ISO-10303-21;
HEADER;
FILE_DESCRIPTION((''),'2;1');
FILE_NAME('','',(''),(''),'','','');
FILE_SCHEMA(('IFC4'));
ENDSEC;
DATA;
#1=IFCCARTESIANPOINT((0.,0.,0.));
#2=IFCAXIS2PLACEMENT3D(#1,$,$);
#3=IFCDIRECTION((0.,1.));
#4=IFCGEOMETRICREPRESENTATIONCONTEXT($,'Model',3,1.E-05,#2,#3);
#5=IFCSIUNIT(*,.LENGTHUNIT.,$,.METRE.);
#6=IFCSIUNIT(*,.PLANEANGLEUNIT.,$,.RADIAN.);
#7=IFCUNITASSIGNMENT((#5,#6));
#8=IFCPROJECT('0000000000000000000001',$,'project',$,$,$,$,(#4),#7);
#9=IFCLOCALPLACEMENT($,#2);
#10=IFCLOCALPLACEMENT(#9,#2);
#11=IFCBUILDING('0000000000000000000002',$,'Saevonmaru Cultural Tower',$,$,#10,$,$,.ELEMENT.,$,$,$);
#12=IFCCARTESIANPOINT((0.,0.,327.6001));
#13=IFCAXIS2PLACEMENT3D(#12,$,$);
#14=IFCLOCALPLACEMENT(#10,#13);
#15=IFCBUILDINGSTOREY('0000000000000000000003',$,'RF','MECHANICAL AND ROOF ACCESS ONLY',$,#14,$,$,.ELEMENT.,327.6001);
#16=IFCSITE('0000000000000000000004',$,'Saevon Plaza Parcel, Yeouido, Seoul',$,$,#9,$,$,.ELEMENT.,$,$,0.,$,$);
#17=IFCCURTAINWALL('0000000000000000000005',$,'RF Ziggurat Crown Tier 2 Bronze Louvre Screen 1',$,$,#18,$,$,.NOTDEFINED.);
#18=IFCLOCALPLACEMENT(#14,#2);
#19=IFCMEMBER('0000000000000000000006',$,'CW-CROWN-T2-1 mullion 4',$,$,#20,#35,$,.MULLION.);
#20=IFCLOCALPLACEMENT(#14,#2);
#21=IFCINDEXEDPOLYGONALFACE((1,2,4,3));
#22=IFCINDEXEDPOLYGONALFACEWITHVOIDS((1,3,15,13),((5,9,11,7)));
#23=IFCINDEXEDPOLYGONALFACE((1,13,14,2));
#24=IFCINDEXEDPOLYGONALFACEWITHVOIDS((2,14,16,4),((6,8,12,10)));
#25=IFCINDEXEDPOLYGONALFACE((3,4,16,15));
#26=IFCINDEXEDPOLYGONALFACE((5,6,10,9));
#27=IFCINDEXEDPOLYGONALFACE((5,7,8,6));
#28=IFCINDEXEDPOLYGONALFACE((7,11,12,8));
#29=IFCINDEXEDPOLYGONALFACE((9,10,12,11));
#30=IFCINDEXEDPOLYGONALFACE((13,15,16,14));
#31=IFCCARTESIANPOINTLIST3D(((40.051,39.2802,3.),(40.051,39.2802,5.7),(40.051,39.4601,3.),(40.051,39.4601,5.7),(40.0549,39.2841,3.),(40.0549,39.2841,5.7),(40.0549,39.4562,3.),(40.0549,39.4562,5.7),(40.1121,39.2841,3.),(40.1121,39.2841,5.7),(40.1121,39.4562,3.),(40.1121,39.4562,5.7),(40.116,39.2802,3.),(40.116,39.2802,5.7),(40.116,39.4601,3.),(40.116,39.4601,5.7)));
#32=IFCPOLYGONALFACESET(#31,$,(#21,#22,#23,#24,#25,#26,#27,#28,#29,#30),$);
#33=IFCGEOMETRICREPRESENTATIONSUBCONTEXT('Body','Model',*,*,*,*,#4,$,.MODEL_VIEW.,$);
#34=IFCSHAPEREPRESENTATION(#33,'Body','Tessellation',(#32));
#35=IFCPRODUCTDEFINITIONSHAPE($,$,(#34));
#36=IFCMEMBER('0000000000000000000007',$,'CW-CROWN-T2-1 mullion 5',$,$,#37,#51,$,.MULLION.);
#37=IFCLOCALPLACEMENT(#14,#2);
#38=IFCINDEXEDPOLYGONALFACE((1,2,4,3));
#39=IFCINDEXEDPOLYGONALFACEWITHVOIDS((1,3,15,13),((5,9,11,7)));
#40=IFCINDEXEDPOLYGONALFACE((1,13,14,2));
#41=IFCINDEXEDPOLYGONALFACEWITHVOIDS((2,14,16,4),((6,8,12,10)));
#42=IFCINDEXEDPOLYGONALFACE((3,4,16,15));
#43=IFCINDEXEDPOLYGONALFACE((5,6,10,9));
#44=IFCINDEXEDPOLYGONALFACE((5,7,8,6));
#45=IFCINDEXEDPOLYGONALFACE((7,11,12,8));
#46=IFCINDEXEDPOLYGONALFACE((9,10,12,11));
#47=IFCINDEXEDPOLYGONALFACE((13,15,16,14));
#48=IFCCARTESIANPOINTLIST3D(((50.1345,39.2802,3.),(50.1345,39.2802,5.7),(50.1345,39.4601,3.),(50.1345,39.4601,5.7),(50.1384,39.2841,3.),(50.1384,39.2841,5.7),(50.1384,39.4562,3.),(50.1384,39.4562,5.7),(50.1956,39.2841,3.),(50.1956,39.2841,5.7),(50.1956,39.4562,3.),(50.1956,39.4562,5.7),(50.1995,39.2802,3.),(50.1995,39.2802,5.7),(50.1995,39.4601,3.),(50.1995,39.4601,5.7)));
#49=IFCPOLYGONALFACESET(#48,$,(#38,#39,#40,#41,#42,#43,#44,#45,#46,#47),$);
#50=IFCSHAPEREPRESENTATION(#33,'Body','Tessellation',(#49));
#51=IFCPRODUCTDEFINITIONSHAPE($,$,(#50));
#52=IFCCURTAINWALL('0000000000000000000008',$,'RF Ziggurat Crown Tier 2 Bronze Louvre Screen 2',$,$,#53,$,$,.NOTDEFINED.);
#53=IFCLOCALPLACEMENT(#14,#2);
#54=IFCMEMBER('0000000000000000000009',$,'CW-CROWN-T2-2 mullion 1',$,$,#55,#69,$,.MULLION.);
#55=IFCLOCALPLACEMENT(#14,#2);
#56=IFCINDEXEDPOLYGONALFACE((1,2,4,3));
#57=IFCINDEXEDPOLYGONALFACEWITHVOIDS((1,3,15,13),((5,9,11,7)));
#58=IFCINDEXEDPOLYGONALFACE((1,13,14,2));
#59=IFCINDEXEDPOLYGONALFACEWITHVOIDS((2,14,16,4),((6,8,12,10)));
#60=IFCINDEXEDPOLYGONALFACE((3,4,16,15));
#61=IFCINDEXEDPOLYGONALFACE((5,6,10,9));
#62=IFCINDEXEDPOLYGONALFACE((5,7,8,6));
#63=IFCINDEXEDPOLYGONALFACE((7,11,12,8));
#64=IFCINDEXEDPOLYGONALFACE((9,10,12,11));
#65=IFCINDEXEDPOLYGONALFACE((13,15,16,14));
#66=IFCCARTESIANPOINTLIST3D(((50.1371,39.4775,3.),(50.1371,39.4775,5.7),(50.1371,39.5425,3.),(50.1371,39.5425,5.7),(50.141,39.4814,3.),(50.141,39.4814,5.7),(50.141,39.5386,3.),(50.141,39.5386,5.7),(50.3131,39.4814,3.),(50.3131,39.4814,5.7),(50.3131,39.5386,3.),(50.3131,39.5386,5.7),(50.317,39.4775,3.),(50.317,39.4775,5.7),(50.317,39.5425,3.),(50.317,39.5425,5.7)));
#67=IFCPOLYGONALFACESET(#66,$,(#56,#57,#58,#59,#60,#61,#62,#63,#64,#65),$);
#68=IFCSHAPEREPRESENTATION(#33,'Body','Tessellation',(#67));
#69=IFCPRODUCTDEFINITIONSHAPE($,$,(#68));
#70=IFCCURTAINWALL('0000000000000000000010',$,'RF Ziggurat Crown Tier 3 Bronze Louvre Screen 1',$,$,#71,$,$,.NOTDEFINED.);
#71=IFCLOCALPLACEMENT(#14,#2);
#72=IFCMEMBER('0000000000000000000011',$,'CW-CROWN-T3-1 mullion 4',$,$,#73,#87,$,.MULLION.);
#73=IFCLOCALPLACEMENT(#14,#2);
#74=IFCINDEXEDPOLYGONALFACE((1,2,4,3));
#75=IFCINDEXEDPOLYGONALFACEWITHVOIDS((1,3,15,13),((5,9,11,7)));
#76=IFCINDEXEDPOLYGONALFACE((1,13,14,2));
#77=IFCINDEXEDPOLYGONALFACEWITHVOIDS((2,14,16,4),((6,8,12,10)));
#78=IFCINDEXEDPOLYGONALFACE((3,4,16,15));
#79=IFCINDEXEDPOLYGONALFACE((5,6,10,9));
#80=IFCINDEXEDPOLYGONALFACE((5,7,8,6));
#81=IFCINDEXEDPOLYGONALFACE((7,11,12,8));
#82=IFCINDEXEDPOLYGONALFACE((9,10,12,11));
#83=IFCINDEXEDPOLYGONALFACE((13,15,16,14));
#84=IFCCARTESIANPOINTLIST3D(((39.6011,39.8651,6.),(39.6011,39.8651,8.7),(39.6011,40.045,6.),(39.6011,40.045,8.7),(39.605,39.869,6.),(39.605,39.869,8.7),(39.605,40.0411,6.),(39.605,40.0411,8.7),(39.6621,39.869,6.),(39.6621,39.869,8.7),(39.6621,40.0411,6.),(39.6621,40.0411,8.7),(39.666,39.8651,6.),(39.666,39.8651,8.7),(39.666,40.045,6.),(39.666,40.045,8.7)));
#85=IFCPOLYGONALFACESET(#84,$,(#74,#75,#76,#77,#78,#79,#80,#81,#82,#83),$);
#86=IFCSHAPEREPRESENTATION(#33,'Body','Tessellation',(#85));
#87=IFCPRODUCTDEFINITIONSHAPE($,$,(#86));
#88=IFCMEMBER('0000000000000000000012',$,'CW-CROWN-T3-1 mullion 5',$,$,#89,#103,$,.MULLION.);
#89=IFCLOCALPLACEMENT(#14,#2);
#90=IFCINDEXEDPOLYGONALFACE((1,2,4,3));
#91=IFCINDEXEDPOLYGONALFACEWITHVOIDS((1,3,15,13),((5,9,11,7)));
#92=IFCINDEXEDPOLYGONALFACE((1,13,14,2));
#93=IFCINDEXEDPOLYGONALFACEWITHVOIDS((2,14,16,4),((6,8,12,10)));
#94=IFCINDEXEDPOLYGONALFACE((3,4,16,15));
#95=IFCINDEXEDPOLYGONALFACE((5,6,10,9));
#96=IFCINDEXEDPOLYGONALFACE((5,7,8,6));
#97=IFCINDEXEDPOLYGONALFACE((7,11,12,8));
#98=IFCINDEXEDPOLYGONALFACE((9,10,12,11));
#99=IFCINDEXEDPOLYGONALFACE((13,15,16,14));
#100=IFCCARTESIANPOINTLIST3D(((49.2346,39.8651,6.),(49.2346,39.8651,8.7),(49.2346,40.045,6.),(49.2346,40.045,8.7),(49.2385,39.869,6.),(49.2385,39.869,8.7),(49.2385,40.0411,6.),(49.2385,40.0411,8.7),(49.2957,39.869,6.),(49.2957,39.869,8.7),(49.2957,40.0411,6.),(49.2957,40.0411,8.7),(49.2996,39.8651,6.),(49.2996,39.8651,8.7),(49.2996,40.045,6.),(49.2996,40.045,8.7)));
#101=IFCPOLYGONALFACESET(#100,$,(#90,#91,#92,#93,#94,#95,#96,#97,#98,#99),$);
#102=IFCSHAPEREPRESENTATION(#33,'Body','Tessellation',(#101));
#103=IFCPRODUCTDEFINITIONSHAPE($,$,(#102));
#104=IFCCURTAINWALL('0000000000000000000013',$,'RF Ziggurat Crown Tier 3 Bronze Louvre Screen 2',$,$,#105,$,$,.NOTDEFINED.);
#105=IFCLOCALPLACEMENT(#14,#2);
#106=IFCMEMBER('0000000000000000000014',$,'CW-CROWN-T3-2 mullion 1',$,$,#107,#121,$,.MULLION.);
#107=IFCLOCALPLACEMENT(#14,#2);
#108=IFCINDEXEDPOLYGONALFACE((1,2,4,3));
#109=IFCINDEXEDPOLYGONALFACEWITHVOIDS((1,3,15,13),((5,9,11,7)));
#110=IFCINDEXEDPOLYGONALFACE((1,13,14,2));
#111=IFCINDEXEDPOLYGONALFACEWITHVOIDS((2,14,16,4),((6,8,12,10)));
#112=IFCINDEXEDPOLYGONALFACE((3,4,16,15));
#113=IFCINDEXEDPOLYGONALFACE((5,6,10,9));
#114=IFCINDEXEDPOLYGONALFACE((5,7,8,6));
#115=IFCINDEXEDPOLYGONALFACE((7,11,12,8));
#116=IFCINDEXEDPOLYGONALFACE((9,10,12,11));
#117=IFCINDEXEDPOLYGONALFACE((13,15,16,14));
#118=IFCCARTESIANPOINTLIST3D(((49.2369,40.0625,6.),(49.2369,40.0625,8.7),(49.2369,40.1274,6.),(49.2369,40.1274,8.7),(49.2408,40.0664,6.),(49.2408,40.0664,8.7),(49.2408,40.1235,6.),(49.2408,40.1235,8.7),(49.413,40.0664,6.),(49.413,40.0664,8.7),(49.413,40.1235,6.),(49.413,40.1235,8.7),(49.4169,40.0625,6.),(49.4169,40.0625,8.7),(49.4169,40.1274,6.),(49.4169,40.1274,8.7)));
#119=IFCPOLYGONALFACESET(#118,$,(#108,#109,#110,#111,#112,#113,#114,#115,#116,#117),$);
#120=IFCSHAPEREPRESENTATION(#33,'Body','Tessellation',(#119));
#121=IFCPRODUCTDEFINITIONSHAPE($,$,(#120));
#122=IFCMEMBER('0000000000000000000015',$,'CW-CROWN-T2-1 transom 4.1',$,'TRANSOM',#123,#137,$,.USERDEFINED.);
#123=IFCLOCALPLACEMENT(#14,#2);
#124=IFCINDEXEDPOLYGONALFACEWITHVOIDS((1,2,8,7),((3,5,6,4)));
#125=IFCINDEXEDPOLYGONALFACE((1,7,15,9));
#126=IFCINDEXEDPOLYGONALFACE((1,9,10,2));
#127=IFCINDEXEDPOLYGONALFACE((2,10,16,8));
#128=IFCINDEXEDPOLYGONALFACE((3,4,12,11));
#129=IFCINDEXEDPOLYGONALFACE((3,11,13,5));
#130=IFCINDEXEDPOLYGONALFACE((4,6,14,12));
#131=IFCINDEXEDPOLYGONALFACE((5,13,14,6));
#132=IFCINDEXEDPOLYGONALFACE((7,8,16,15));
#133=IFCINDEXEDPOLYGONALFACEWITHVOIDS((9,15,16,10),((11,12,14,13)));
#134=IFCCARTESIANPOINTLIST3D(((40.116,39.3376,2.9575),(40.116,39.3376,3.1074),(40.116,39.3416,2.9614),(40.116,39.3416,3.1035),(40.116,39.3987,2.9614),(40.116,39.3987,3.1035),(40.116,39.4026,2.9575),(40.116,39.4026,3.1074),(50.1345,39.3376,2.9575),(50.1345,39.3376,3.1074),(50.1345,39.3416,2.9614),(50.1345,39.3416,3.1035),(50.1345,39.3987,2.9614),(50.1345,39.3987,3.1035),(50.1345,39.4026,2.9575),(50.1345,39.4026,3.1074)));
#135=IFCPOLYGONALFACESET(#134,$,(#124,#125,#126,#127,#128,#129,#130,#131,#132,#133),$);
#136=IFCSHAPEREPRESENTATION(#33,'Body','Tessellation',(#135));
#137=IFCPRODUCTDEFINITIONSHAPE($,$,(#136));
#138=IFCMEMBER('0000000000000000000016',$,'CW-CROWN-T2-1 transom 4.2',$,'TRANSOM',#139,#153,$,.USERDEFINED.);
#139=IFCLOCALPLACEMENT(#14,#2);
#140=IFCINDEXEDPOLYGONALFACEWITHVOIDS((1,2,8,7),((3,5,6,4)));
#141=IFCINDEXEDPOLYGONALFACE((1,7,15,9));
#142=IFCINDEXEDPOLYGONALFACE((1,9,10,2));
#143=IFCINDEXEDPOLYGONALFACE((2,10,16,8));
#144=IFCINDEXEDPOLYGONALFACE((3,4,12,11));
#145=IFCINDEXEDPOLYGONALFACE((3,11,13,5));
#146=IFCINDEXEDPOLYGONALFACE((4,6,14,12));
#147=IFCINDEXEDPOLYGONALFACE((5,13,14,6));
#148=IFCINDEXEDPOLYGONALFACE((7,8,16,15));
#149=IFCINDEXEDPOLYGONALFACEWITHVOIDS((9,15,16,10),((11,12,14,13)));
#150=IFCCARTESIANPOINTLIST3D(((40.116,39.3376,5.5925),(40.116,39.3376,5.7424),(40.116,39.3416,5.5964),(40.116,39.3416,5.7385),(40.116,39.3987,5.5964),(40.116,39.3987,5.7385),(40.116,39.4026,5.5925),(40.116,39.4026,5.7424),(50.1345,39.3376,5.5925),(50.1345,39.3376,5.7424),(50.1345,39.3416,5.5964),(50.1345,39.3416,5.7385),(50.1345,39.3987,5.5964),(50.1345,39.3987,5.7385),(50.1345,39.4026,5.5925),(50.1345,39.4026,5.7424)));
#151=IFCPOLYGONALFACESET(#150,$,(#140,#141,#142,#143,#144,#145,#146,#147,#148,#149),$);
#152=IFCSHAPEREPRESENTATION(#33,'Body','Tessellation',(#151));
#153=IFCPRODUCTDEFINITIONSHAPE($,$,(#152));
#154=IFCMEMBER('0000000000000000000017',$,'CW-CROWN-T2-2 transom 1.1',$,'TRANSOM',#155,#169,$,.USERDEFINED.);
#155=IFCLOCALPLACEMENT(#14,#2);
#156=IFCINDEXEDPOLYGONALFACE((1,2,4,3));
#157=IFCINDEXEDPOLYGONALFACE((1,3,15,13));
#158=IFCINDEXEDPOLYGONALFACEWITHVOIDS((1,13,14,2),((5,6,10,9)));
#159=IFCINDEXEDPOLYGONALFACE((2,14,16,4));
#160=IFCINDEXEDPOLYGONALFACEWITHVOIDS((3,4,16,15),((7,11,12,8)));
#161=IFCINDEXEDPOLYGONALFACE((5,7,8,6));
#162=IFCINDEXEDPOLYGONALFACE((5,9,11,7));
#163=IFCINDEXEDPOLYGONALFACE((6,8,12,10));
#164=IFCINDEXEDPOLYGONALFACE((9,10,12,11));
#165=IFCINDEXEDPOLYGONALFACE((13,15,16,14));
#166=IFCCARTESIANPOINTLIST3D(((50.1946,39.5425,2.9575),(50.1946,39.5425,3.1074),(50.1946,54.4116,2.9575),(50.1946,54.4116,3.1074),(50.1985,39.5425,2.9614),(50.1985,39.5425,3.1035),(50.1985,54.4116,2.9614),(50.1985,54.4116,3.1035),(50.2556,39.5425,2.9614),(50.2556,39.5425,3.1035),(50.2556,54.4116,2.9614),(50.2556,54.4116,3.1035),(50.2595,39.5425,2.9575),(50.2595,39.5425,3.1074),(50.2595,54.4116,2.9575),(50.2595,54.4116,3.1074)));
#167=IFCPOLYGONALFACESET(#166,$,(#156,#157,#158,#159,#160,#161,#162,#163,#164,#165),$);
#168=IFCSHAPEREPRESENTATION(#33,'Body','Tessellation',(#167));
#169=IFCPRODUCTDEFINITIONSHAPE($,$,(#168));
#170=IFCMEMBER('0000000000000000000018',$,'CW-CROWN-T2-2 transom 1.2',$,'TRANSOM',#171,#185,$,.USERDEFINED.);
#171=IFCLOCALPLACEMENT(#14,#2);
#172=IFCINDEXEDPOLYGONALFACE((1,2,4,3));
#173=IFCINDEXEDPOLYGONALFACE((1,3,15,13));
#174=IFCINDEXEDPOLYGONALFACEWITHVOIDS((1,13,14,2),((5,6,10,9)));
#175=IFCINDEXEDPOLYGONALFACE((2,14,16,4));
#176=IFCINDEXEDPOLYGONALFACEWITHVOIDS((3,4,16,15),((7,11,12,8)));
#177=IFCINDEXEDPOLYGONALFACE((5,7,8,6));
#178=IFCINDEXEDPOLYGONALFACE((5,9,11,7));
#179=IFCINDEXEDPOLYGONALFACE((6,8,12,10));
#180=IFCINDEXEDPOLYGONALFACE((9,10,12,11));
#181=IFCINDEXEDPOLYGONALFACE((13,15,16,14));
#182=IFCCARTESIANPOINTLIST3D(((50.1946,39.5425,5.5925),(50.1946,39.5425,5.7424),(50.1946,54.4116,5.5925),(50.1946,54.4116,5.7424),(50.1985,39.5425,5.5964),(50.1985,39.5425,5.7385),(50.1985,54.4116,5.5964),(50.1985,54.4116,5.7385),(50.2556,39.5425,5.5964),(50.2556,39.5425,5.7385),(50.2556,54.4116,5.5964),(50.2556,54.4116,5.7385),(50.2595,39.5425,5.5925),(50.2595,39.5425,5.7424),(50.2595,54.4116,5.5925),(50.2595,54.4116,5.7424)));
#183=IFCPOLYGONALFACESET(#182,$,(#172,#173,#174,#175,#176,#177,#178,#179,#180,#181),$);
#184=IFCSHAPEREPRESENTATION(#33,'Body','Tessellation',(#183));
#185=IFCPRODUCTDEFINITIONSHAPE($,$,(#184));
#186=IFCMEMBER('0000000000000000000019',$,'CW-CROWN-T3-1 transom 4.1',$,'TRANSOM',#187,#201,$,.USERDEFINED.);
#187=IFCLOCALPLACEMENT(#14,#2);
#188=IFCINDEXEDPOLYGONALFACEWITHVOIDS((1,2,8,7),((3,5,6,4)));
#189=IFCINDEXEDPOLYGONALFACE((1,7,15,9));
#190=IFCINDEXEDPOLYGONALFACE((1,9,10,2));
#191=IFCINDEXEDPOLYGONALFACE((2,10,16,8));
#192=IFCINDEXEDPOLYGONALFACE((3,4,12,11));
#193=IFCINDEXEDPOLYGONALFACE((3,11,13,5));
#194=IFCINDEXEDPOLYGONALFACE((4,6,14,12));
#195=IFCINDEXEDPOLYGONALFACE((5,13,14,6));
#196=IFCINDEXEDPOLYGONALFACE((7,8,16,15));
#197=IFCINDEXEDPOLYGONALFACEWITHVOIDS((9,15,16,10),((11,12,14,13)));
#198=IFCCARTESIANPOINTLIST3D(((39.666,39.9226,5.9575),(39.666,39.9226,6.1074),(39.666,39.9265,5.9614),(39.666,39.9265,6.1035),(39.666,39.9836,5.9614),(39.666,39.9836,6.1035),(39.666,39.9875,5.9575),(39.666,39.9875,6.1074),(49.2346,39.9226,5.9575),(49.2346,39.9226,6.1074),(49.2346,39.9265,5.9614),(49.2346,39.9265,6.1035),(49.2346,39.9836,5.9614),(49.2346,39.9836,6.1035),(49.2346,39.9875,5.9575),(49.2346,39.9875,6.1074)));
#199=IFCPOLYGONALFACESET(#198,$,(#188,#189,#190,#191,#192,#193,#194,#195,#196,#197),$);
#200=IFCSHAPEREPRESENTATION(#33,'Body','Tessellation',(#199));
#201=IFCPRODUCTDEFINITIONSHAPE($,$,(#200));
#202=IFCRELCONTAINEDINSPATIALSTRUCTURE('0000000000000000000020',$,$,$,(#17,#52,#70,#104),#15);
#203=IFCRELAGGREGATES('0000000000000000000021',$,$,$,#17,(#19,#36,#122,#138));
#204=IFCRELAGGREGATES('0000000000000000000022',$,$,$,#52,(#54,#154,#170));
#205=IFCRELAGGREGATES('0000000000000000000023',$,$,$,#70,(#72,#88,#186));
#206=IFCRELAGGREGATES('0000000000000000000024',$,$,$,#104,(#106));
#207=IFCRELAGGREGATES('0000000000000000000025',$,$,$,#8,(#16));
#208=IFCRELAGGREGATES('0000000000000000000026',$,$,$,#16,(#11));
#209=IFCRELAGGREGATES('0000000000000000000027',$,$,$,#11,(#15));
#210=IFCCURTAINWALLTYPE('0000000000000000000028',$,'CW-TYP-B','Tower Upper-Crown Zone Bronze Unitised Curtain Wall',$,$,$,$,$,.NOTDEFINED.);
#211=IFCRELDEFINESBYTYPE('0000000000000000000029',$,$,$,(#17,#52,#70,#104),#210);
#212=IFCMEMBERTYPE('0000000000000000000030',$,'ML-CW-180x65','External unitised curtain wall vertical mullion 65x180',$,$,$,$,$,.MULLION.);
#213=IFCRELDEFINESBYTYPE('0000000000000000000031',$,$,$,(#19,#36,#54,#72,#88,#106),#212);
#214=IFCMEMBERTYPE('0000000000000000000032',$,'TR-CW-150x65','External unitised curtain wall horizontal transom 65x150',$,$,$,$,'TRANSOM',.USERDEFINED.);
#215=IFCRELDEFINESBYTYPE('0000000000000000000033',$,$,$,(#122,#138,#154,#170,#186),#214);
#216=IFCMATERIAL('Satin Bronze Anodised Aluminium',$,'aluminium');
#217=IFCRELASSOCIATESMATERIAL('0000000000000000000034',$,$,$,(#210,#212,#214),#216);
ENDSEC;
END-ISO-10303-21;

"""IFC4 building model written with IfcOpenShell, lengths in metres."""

from ifc_helpers import new_model, si_unit, direction, frame, origin, origin_2d, place, context, subcontext, project, spatial, hollow_rectangle, extrude, material, material_profile, profile_set, type_object, element, aggregate, save


model = new_model("IFC4")

# Units and contexts
model_context = context("Model", 3, precision=1e-05, world=origin(), true_north=direction((0.0, 1.0)))
body_context = subcontext(model_context, "Body", "Model", "MODEL_VIEW")
ifc_project = project(units=[si_unit("LENGTHUNIT", "METRE"), si_unit("PLANEANGLEUNIT", "RADIAN")], contexts=[model_context])

# Site, building, storey
site_placement = place(None, origin())
site = spatial("IfcSite", under=ifc_project, at=site_placement, Name="Saevon Plaza Parcel, Yeouido, Seoul", CompositionType="ELEMENT", RefElevation=0.0)
building_placement = place(site_placement, origin())
building = spatial("IfcBuilding", under=site, at=building_placement, Name="Saevonmaru Cultural Tower", CompositionType="ELEMENT")
storey_placement = place(building_placement, frame((0.0, 0.0, 327.6001)))
storey = spatial("IfcBuildingStorey", under=building, at=storey_placement, Name="RF", Description="MECHANICAL AND ROOF ACCESS ONLY", CompositionType="ELEMENT", Elevation=327.6001)

# Curtain wall, members
ifc_material_1 = material(Name="Satin Bronze Anodised Aluminium", Category="aluminium")
curtain_wall_type = type_object("IfcCurtainWallType", Name="CW-TYP-B", Description="Tower Upper-Crown Zone Bronze Unitised Curtain Wall", PredefinedType="NOTDEFINED", material=ifc_material_1)
curtain_wall_1_placement = place(storey_placement, origin())
curtain_wall_1 = element("IfcCurtainWall", 1, at=curtain_wall_1_placement, inside=storey, type_object=curtain_wall_type, Name="RF Ziggurat Crown Tier 2 Bronze Louvre Screen 1", PredefinedType="NOTDEFINED")
ifc_material_profile_1 = material_profile(ifc_material_1, hollow_rectangle(XDim=0.0649, YDim=0.1799, WallThickness=0.0039, at=origin_2d()), Name="ALU-MULL-180x65x4")
ifc_profile_set_1 = profile_set([ifc_material_profile_1], Name="Satin Bronze Anodised Aluminium")
member_type_1 = type_object("IfcMemberType", Name="ML-CW-180x65", Description="External unitised curtain wall vertical mullion 65x180", PredefinedType="MULLION", material=ifc_profile_set_1)
member_1_placement = place(storey_placement, frame((40.0835, 39.3701, 3.0), z_axis=(0.0, 0.0, 1.0), x_axis=(1.0, 0.0, 0.0)))
member_1 = element("IfcMember", 2, at=member_1_placement, type_object=member_type_1, Name="CW-CROWN-T2-1 mullion 4", PredefinedType="MULLION", context=body_context, shape_type="SweptSolid", body=[
    extrude(hollow_rectangle(XDim=0.0649, YDim=0.1799, WallThickness=0.0039, at=origin_2d()), origin(), (0.0, 0.0, 1.0), 2.7),
])
member_2_placement = place(storey_placement, frame((50.167, 39.3701, 3.0), z_axis=(0.0, 0.0, 1.0), x_axis=(1.0, 0.0, 0.0)))
member_2 = element("IfcMember", 3, at=member_2_placement, type_object=member_type_1, Name="CW-CROWN-T2-1 mullion 5", PredefinedType="MULLION", context=body_context, shape_type="SweptSolid", body=[
    extrude(hollow_rectangle(XDim=0.0649, YDim=0.1799, WallThickness=0.0039, at=origin_2d()), origin(), (0.0, 0.0, 1.0), 2.7),
])

# Curtain wall, member
curtain_wall_2_placement = place(storey_placement, origin())
curtain_wall_2 = element("IfcCurtainWall", 4, at=curtain_wall_2_placement, inside=storey, type_object=curtain_wall_type, Name="RF Ziggurat Crown Tier 2 Bronze Louvre Screen 2", PredefinedType="NOTDEFINED")
member_3_placement = place(storey_placement, frame((50.2271, 39.51, 3.0), z_axis=(0.0, 0.0, 1.0), x_axis=(0.0, 1.0, 0.0)))
member_3 = element("IfcMember", 5, at=member_3_placement, type_object=member_type_1, Name="CW-CROWN-T2-2 mullion 1", PredefinedType="MULLION", context=body_context, shape_type="SweptSolid", body=[
    extrude(hollow_rectangle(XDim=0.0649, YDim=0.1799, WallThickness=0.0039, at=origin_2d()), origin(), (0.0, 0.0, 1.0), 2.7),
])

# Curtain wall, members
curtain_wall_3_placement = place(storey_placement, origin())
curtain_wall_3 = element("IfcCurtainWall", 6, at=curtain_wall_3_placement, inside=storey, type_object=curtain_wall_type, Name="RF Ziggurat Crown Tier 3 Bronze Louvre Screen 1", PredefinedType="NOTDEFINED")
member_4_placement = place(storey_placement, frame((39.6335, 39.9551, 6.0), z_axis=(0.0, 0.0, 1.0), x_axis=(1.0, 0.0, 0.0)))
member_4 = element("IfcMember", 7, at=member_4_placement, type_object=member_type_1, Name="CW-CROWN-T3-1 mullion 4", PredefinedType="MULLION", context=body_context, shape_type="SweptSolid", body=[
    extrude(hollow_rectangle(XDim=0.0649, YDim=0.1799, WallThickness=0.0039, at=origin_2d()), origin(), (0.0, 0.0, 1.0), 2.7),
])
member_5_placement = place(storey_placement, frame((49.2671, 39.9551, 6.0), z_axis=(0.0, 0.0, 1.0), x_axis=(1.0, 0.0, 0.0)))
member_5 = element("IfcMember", 8, at=member_5_placement, type_object=member_type_1, Name="CW-CROWN-T3-1 mullion 5", PredefinedType="MULLION", context=body_context, shape_type="SweptSolid", body=[
    extrude(hollow_rectangle(XDim=0.0649, YDim=0.1799, WallThickness=0.0039, at=origin_2d()), origin(), (0.0, 0.0, 1.0), 2.7),
])

# Curtain wall, member
curtain_wall_4_placement = place(storey_placement, origin())
curtain_wall_4 = element("IfcCurtainWall", 9, at=curtain_wall_4_placement, inside=storey, type_object=curtain_wall_type, Name="RF Ziggurat Crown Tier 3 Bronze Louvre Screen 2", PredefinedType="NOTDEFINED")
member_6_placement = place(storey_placement, frame((49.3269, 40.095, 6.0), z_axis=(0.0, 0.0, 1.0), x_axis=(0.0, 1.0, 0.0)))
member_6 = element("IfcMember", 10, at=member_6_placement, type_object=member_type_1, Name="CW-CROWN-T3-2 mullion 1", PredefinedType="MULLION", context=body_context, shape_type="SweptSolid", body=[
    extrude(hollow_rectangle(XDim=0.0649, YDim=0.1799, WallThickness=0.0039, at=origin_2d()), origin(), (0.0, 0.0, 1.0), 2.7),
])

# Members
ifc_material_profile_2 = material_profile(ifc_material_1, hollow_rectangle(XDim=0.0649, YDim=0.1499, WallThickness=0.0039, at=origin_2d()), Name="ALU-TRAN-150x65x4")
ifc_profile_set_2 = profile_set([ifc_material_profile_2], Name="Satin Bronze Anodised Aluminium")
member_type_2 = type_object("IfcMemberType", Name="TR-CW-150x65", Description="External unitised curtain wall horizontal transom 65x150", ElementType="TRANSOM", PredefinedType="USERDEFINED", material=ifc_profile_set_2)
member_7_placement = place(storey_placement, frame((40.116, 39.3701, 3.0325), z_axis=(1.0, 0.0, 0.0), x_axis=(0.0, 1.0, 0.0)))
member_7 = element("IfcMember", 11, at=member_7_placement, type_object=member_type_2, Name="CW-CROWN-T2-1 transom 4.1", ObjectType="TRANSOM", PredefinedType="USERDEFINED", context=body_context, shape_type="SweptSolid", body=[
    extrude(hollow_rectangle(XDim=0.0649, YDim=0.1499, WallThickness=0.0039, at=origin_2d()), origin(), (0.0, 0.0, 1.0), 10.0186),
])
member_8_placement = place(storey_placement, frame((40.116, 39.3701, 5.6675), z_axis=(1.0, 0.0, 0.0), x_axis=(0.0, 1.0, 0.0)))
member_8 = element("IfcMember", 12, at=member_8_placement, type_object=member_type_2, Name="CW-CROWN-T2-1 transom 4.2", ObjectType="TRANSOM", PredefinedType="USERDEFINED", context=body_context, shape_type="SweptSolid", body=[
    extrude(hollow_rectangle(XDim=0.0649, YDim=0.1499, WallThickness=0.0039, at=origin_2d()), origin(), (0.0, 0.0, 1.0), 10.0186),
])
member_9_placement = place(storey_placement, frame((50.2271, 39.5425, 3.0325), z_axis=(0.0, 1.0, 0.0), x_axis=(-1.0, 0.0, 0.0)))
member_9 = element("IfcMember", 13, at=member_9_placement, type_object=member_type_2, Name="CW-CROWN-T2-2 transom 1.1", ObjectType="TRANSOM", PredefinedType="USERDEFINED", context=body_context, shape_type="SweptSolid", body=[
    extrude(hollow_rectangle(XDim=0.0649, YDim=0.1499, WallThickness=0.0039, at=origin_2d()), origin(), (0.0, 0.0, 1.0), 14.8691),
])
member_10_placement = place(storey_placement, frame((50.2271, 39.5425, 5.6675), z_axis=(0.0, 1.0, 0.0), x_axis=(-1.0, 0.0, 0.0)))
member_10 = element("IfcMember", 14, at=member_10_placement, type_object=member_type_2, Name="CW-CROWN-T2-2 transom 1.2", ObjectType="TRANSOM", PredefinedType="USERDEFINED", context=body_context, shape_type="SweptSolid", body=[
    extrude(hollow_rectangle(XDim=0.0649, YDim=0.1499, WallThickness=0.0039, at=origin_2d()), origin(), (0.0, 0.0, 1.0), 14.8691),
])
member_11_placement = place(storey_placement, frame((39.666, 39.9551, 6.0325), z_axis=(1.0, 0.0, 0.0), x_axis=(0.0, 1.0, 0.0)))
member_11 = element("IfcMember", 15, at=member_11_placement, type_object=member_type_2, Name="CW-CROWN-T3-1 transom 4.1", ObjectType="TRANSOM", PredefinedType="USERDEFINED", context=body_context, shape_type="SweptSolid", body=[
    extrude(hollow_rectangle(XDim=0.0649, YDim=0.1499, WallThickness=0.0039, at=origin_2d()), origin(), (0.0, 0.0, 1.0), 9.5686),
])

aggregate(curtain_wall_1, [member_1, member_2, member_7, member_8])
aggregate(curtain_wall_2, [member_3, member_9, member_10])
aggregate(curtain_wall_3, [member_4, member_5, member_11])
aggregate(curtain_wall_4, [member_6])

save(model, "model.ifc")
